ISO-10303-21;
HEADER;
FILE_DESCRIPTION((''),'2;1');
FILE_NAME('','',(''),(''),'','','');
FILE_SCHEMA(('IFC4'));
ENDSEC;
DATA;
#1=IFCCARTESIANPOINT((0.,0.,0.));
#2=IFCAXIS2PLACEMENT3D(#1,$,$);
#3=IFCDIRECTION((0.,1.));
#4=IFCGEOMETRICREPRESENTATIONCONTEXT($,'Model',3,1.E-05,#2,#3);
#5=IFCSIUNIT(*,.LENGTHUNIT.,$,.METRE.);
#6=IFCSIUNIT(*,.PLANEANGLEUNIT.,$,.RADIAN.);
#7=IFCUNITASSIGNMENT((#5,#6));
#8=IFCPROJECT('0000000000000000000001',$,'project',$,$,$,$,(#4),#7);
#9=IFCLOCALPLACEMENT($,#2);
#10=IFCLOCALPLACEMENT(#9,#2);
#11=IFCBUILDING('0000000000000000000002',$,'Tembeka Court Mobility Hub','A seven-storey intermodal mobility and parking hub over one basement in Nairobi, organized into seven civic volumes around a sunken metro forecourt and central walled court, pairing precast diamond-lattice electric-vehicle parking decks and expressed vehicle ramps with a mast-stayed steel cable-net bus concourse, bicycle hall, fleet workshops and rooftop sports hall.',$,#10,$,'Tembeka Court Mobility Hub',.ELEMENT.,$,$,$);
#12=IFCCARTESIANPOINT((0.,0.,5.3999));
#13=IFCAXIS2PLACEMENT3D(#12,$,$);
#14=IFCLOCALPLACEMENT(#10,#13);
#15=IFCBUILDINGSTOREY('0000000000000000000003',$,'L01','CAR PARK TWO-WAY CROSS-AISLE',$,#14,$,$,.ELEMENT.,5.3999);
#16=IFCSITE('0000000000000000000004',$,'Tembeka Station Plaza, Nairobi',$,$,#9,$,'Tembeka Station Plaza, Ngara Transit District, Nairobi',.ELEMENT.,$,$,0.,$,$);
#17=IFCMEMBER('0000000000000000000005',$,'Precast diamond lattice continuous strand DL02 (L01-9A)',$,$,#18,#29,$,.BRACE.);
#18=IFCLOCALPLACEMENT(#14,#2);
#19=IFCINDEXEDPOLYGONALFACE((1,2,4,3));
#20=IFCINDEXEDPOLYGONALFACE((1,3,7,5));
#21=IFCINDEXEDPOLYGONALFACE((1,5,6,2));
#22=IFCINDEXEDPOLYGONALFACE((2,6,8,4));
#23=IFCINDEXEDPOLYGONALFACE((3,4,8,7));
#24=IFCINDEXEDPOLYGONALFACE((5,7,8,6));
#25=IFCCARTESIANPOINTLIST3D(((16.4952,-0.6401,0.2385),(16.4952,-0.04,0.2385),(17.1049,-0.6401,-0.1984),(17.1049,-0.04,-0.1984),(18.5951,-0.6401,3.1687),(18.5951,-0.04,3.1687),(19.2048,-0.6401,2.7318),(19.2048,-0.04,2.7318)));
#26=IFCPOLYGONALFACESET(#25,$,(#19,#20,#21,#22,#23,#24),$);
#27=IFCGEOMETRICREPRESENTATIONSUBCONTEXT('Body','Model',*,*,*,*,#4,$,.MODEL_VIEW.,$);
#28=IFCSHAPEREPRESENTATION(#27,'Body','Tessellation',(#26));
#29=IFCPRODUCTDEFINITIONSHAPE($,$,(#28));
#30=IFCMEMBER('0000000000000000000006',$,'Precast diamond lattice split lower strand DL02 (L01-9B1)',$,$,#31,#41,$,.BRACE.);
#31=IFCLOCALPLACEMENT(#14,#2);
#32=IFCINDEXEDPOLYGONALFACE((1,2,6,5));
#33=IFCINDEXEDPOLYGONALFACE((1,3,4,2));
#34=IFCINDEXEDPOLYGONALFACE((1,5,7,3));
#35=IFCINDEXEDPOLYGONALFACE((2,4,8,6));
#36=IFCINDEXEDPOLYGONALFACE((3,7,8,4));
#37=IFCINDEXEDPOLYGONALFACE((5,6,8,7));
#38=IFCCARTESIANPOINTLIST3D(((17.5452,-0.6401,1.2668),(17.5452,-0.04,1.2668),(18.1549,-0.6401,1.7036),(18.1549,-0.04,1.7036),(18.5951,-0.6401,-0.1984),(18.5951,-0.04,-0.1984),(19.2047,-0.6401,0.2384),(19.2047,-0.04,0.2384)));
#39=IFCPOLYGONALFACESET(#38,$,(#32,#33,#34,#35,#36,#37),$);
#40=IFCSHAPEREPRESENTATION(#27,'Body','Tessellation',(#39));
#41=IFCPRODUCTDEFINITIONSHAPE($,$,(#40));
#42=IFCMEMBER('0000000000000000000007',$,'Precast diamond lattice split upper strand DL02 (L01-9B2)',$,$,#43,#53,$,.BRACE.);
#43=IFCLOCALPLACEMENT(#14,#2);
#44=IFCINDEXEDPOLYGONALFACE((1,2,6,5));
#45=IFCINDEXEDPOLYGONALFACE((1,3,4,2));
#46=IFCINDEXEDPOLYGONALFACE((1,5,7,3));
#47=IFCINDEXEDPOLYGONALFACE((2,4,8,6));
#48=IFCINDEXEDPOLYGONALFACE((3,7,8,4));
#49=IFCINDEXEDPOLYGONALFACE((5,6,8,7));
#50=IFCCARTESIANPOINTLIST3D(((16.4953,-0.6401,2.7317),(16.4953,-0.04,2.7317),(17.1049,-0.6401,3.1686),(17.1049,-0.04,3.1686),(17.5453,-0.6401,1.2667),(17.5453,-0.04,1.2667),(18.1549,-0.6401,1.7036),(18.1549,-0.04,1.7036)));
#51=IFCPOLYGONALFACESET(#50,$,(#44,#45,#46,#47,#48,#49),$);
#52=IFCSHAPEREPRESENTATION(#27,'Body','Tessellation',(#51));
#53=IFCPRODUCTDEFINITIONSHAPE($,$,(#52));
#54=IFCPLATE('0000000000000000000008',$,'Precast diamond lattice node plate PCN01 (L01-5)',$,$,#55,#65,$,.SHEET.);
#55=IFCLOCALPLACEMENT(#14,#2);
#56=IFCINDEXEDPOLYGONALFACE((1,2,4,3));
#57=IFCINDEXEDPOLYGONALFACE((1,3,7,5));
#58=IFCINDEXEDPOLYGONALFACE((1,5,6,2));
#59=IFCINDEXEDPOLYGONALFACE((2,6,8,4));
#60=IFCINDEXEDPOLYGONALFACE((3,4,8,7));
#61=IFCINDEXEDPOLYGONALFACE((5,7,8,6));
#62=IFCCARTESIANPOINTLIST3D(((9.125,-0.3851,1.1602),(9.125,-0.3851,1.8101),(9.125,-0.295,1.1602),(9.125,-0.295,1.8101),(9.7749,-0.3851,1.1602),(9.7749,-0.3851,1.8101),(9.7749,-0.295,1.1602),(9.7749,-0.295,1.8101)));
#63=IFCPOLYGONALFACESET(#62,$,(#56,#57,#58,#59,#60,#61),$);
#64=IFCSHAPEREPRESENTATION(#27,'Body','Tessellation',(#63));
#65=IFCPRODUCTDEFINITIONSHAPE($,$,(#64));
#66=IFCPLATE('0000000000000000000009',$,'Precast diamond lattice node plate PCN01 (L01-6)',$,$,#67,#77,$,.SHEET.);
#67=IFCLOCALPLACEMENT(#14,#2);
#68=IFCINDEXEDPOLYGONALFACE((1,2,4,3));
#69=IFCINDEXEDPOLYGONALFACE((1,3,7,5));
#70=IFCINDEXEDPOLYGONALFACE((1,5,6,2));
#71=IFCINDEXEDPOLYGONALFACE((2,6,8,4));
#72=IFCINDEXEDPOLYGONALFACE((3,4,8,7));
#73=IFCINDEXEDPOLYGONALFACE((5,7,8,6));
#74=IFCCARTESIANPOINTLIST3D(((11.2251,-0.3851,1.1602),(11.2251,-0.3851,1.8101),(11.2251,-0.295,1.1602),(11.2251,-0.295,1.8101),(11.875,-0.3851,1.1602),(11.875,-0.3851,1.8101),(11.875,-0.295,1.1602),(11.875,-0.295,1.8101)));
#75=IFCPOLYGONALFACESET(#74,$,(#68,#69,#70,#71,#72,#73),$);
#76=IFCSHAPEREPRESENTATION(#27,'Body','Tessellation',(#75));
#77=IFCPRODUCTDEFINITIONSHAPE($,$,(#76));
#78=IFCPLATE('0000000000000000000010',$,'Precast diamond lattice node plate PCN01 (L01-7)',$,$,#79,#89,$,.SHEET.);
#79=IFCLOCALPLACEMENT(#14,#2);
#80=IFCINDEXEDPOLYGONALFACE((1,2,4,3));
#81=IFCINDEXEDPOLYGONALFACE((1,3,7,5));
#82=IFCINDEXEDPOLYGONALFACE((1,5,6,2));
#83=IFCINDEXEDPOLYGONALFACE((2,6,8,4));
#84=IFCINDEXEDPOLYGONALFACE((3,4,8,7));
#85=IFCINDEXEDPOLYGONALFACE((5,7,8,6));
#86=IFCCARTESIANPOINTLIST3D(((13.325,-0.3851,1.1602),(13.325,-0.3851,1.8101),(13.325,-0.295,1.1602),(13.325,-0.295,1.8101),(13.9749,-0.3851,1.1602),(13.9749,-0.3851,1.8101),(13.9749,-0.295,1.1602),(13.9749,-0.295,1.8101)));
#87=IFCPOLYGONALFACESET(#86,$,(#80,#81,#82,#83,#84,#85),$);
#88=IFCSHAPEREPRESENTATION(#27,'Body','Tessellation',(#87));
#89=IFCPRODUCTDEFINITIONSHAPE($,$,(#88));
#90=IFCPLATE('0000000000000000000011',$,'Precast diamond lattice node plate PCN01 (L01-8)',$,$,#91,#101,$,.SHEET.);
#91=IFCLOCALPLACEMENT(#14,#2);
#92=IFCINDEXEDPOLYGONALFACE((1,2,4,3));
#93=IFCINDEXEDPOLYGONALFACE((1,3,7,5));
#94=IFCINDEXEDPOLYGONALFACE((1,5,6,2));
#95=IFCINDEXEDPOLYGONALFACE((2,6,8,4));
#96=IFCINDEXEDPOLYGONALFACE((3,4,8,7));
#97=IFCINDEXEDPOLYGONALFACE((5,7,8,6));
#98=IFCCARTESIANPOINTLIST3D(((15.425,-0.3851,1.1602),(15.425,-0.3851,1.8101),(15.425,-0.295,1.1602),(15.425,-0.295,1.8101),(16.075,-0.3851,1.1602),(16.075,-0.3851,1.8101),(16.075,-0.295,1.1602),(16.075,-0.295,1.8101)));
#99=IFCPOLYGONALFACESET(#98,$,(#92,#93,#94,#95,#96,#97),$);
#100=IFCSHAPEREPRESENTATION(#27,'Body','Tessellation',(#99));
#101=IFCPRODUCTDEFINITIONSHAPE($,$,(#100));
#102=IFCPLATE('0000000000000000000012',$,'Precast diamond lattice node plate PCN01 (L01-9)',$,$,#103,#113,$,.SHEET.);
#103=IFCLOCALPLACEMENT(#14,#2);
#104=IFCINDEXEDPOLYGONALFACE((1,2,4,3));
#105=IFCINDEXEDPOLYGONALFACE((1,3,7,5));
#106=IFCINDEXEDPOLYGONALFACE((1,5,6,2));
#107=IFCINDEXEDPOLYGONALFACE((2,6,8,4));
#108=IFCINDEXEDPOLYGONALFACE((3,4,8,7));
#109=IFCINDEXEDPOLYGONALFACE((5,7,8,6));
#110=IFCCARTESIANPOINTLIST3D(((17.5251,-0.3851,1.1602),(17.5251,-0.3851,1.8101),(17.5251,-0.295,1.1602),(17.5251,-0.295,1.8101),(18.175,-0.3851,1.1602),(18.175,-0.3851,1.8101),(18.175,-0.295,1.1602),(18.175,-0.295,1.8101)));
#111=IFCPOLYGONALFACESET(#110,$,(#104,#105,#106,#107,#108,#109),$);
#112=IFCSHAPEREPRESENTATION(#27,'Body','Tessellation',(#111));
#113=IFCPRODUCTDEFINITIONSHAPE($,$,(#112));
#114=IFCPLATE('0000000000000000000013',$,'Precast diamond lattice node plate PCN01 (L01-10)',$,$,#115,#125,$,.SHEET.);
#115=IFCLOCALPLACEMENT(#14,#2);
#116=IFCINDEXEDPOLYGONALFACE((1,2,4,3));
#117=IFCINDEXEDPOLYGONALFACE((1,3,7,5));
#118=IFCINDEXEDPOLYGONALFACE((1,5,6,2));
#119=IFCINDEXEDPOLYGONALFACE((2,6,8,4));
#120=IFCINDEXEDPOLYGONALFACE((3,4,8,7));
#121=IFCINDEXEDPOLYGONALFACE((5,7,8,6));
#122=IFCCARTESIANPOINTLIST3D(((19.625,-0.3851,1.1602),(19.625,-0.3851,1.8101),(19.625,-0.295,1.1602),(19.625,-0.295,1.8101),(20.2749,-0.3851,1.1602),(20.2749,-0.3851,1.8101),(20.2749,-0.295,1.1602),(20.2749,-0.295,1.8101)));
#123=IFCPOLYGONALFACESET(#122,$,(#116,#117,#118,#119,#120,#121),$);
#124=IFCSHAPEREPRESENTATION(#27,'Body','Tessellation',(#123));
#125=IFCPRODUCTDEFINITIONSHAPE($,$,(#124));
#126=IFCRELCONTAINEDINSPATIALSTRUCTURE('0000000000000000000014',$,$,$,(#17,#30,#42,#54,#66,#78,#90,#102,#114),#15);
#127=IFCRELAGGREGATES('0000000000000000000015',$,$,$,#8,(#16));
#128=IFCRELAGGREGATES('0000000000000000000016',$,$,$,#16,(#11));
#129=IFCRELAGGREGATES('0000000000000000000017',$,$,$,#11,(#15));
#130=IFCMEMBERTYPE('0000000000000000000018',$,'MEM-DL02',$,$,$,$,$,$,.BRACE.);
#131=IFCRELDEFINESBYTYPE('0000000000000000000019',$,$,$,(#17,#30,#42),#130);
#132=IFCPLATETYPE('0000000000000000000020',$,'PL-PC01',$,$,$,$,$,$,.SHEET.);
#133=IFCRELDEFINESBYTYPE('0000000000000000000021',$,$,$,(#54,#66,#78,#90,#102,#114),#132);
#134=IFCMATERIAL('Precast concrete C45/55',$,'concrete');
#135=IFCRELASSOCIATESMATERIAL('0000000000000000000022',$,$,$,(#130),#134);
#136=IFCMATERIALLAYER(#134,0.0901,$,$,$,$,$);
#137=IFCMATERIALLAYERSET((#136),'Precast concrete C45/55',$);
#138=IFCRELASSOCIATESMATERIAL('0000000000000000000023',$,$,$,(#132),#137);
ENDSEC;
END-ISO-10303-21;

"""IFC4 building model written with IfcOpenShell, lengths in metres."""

from ifc_helpers import new_model, si_unit, direction, frame, origin, origin_2d, place, context, subcontext, project, spatial, rectangle, extrude, material, layer, layer_set, material_profile, profile_set, type_object, element, save


model = new_model("IFC4")

# Units and contexts
model_context = context("Model", 3, precision=1e-05, world=origin(), true_north=direction((0.0, 1.0)))
body_context = subcontext(model_context, "Body", "Model", "MODEL_VIEW")
ifc_project = project(units=[si_unit("LENGTHUNIT", "METRE"), si_unit("PLANEANGLEUNIT", "RADIAN")], contexts=[model_context])

# Site, building, storey
site_placement = place(None, origin())
site = spatial("IfcSite", under=ifc_project, at=site_placement, Name="Tembeka Station Plaza, Nairobi", LongName="Tembeka Station Plaza, Ngara Transit District, Nairobi", CompositionType="ELEMENT", RefElevation=0.0)
building_placement = place(site_placement, origin())
building = spatial("IfcBuilding", under=site, at=building_placement, Name="Tembeka Court Mobility Hub", Description="A seven-storey intermodal mobility and parking hub over one basement in Nairobi, organized into seven civic volumes around a sunken metro forecourt and central walled court, pairing precast diamond-lattice electric-vehicle parking decks and expressed vehicle ramps with a mast-stayed steel cable-net bus concourse, bicycle hall, fleet workshops and rooftop sports hall.", LongName="Tembeka Court Mobility Hub", CompositionType="ELEMENT")
storey_placement = place(building_placement, frame((0.0, 0.0, 5.3999)))
storey = spatial("IfcBuildingStorey", under=building, at=storey_placement, Name="L01", Description="CAR PARK TWO-WAY CROSS-AISLE", CompositionType="ELEMENT", Elevation=5.3999)

# Members
ifc_material = material(Name="Precast concrete C45/55", Category="concrete")
ifc_material_profile_1 = material_profile(ifc_material, rectangle(XDim=0.6001, YDim=0.75, at=origin_2d()), Name="PC-DIAG 600x750")
ifc_profile_set_1 = profile_set([ifc_material_profile_1], Name="Precast concrete C45/55")
member_type_1 = type_object("IfcMemberType", Name="MEM-DL02", PredefinedType="BRACE", material=ifc_profile_set_1)
member_1_placement = place(storey_placement, frame((16.8, -0.3401, 0.02), z_axis=(0.5825, 0.0, 0.812831), x_axis=(0.0, 1.0, 0.0)))
element("IfcMember", 1, at=member_1_placement, inside=storey, type_object=member_type_1, Name="Precast diamond lattice continuous strand DL02 (L01-9A)", PredefinedType="BRACE", context=body_context, shape_type="SweptSolid", body=[
    extrude(rectangle(XDim=0.6001, YDim=0.75, at=origin_2d()), origin(), (0.0, 0.0, 1.0), 3.605),
])
for number, where, z_axis, x_axis, name in (
    (2, (18.8999, -0.3401, 0.02), (-0.582455, 0.0, 0.812863), (0.0, -1.0, 0.0), "Precast diamond lattice split lower strand DL02 (L01-9B1)"),
    (3, (17.8501, -0.3401, 1.4851), (-0.582544, 0.0, 0.812799), (0.0, -1.0, 0.0), "Precast diamond lattice split upper strand DL02 (L01-9B2)"),
):
    element("IfcMember", number, at=place(storey_placement, frame(where, z_axis=z_axis, x_axis=x_axis)), inside=storey, type_object=member_type_1, Name=name, PredefinedType="BRACE", context=body_context, shape_type="SweptSolid", body=[
        extrude(rectangle(XDim=0.6001, YDim=0.75, at=origin_2d()), origin(), (0.0, 0.0, 1.0), 1.8025),
    ])

# Plates
ifc_layer = layer(ifc_material, 0.0901)
ifc_layer_set = layer_set([ifc_layer], Name="Precast concrete C45/55")
plate_type = type_object("IfcPlateType", Name="PL-PC01", PredefinedType="SHEET", material=ifc_layer_set)
for number, where, z_axis, x_axis, name in (
    (4, (9.45, -0.3401, 1.1602), (0.0, 0.0, 1.0), (1.0, 0.0, 0.0), "Precast diamond lattice node plate PCN01 (L01-5)"),
    (5, (11.55, -0.3401, 1.1602), (0.0, 0.0, 1.0), (1.0, 0.0, 0.0), "Precast diamond lattice node plate PCN01 (L01-6)"),
    (6, (13.6499, -0.3401, 1.1602), (0.0, 0.0, 1.0), (1.0, 0.0, 0.0), "Precast diamond lattice node plate PCN01 (L01-7)"),
    (7, (15.75, -0.3401, 1.1602), (0.0, 0.0, 1.0), (1.0, 0.0, 0.0), "Precast diamond lattice node plate PCN01 (L01-8)"),
    (8, (17.8501, -0.3401, 1.1602), (0.0, 0.0, 1.0), (1.0, 0.0, 0.0), "Precast diamond lattice node plate PCN01 (L01-9)"),
    (9, (19.95, -0.3401, 1.1602), (0.0, 0.0, 1.0), (1.0, 0.0, 0.0), "Precast diamond lattice node plate PCN01 (L01-10)"),
):
    element("IfcPlate", number, at=place(storey_placement, frame(where, z_axis=z_axis, x_axis=x_axis)), inside=storey, type_object=plate_type, Name=name, PredefinedType="SHEET", context=body_context, shape_type="SweptSolid", body=[
        extrude(rectangle(XDim=0.6499, YDim=0.0901, at=origin_2d()), origin(), (0.0, 0.0, 1.0), 0.6499),
    ])

save(model, "model.ifc")
